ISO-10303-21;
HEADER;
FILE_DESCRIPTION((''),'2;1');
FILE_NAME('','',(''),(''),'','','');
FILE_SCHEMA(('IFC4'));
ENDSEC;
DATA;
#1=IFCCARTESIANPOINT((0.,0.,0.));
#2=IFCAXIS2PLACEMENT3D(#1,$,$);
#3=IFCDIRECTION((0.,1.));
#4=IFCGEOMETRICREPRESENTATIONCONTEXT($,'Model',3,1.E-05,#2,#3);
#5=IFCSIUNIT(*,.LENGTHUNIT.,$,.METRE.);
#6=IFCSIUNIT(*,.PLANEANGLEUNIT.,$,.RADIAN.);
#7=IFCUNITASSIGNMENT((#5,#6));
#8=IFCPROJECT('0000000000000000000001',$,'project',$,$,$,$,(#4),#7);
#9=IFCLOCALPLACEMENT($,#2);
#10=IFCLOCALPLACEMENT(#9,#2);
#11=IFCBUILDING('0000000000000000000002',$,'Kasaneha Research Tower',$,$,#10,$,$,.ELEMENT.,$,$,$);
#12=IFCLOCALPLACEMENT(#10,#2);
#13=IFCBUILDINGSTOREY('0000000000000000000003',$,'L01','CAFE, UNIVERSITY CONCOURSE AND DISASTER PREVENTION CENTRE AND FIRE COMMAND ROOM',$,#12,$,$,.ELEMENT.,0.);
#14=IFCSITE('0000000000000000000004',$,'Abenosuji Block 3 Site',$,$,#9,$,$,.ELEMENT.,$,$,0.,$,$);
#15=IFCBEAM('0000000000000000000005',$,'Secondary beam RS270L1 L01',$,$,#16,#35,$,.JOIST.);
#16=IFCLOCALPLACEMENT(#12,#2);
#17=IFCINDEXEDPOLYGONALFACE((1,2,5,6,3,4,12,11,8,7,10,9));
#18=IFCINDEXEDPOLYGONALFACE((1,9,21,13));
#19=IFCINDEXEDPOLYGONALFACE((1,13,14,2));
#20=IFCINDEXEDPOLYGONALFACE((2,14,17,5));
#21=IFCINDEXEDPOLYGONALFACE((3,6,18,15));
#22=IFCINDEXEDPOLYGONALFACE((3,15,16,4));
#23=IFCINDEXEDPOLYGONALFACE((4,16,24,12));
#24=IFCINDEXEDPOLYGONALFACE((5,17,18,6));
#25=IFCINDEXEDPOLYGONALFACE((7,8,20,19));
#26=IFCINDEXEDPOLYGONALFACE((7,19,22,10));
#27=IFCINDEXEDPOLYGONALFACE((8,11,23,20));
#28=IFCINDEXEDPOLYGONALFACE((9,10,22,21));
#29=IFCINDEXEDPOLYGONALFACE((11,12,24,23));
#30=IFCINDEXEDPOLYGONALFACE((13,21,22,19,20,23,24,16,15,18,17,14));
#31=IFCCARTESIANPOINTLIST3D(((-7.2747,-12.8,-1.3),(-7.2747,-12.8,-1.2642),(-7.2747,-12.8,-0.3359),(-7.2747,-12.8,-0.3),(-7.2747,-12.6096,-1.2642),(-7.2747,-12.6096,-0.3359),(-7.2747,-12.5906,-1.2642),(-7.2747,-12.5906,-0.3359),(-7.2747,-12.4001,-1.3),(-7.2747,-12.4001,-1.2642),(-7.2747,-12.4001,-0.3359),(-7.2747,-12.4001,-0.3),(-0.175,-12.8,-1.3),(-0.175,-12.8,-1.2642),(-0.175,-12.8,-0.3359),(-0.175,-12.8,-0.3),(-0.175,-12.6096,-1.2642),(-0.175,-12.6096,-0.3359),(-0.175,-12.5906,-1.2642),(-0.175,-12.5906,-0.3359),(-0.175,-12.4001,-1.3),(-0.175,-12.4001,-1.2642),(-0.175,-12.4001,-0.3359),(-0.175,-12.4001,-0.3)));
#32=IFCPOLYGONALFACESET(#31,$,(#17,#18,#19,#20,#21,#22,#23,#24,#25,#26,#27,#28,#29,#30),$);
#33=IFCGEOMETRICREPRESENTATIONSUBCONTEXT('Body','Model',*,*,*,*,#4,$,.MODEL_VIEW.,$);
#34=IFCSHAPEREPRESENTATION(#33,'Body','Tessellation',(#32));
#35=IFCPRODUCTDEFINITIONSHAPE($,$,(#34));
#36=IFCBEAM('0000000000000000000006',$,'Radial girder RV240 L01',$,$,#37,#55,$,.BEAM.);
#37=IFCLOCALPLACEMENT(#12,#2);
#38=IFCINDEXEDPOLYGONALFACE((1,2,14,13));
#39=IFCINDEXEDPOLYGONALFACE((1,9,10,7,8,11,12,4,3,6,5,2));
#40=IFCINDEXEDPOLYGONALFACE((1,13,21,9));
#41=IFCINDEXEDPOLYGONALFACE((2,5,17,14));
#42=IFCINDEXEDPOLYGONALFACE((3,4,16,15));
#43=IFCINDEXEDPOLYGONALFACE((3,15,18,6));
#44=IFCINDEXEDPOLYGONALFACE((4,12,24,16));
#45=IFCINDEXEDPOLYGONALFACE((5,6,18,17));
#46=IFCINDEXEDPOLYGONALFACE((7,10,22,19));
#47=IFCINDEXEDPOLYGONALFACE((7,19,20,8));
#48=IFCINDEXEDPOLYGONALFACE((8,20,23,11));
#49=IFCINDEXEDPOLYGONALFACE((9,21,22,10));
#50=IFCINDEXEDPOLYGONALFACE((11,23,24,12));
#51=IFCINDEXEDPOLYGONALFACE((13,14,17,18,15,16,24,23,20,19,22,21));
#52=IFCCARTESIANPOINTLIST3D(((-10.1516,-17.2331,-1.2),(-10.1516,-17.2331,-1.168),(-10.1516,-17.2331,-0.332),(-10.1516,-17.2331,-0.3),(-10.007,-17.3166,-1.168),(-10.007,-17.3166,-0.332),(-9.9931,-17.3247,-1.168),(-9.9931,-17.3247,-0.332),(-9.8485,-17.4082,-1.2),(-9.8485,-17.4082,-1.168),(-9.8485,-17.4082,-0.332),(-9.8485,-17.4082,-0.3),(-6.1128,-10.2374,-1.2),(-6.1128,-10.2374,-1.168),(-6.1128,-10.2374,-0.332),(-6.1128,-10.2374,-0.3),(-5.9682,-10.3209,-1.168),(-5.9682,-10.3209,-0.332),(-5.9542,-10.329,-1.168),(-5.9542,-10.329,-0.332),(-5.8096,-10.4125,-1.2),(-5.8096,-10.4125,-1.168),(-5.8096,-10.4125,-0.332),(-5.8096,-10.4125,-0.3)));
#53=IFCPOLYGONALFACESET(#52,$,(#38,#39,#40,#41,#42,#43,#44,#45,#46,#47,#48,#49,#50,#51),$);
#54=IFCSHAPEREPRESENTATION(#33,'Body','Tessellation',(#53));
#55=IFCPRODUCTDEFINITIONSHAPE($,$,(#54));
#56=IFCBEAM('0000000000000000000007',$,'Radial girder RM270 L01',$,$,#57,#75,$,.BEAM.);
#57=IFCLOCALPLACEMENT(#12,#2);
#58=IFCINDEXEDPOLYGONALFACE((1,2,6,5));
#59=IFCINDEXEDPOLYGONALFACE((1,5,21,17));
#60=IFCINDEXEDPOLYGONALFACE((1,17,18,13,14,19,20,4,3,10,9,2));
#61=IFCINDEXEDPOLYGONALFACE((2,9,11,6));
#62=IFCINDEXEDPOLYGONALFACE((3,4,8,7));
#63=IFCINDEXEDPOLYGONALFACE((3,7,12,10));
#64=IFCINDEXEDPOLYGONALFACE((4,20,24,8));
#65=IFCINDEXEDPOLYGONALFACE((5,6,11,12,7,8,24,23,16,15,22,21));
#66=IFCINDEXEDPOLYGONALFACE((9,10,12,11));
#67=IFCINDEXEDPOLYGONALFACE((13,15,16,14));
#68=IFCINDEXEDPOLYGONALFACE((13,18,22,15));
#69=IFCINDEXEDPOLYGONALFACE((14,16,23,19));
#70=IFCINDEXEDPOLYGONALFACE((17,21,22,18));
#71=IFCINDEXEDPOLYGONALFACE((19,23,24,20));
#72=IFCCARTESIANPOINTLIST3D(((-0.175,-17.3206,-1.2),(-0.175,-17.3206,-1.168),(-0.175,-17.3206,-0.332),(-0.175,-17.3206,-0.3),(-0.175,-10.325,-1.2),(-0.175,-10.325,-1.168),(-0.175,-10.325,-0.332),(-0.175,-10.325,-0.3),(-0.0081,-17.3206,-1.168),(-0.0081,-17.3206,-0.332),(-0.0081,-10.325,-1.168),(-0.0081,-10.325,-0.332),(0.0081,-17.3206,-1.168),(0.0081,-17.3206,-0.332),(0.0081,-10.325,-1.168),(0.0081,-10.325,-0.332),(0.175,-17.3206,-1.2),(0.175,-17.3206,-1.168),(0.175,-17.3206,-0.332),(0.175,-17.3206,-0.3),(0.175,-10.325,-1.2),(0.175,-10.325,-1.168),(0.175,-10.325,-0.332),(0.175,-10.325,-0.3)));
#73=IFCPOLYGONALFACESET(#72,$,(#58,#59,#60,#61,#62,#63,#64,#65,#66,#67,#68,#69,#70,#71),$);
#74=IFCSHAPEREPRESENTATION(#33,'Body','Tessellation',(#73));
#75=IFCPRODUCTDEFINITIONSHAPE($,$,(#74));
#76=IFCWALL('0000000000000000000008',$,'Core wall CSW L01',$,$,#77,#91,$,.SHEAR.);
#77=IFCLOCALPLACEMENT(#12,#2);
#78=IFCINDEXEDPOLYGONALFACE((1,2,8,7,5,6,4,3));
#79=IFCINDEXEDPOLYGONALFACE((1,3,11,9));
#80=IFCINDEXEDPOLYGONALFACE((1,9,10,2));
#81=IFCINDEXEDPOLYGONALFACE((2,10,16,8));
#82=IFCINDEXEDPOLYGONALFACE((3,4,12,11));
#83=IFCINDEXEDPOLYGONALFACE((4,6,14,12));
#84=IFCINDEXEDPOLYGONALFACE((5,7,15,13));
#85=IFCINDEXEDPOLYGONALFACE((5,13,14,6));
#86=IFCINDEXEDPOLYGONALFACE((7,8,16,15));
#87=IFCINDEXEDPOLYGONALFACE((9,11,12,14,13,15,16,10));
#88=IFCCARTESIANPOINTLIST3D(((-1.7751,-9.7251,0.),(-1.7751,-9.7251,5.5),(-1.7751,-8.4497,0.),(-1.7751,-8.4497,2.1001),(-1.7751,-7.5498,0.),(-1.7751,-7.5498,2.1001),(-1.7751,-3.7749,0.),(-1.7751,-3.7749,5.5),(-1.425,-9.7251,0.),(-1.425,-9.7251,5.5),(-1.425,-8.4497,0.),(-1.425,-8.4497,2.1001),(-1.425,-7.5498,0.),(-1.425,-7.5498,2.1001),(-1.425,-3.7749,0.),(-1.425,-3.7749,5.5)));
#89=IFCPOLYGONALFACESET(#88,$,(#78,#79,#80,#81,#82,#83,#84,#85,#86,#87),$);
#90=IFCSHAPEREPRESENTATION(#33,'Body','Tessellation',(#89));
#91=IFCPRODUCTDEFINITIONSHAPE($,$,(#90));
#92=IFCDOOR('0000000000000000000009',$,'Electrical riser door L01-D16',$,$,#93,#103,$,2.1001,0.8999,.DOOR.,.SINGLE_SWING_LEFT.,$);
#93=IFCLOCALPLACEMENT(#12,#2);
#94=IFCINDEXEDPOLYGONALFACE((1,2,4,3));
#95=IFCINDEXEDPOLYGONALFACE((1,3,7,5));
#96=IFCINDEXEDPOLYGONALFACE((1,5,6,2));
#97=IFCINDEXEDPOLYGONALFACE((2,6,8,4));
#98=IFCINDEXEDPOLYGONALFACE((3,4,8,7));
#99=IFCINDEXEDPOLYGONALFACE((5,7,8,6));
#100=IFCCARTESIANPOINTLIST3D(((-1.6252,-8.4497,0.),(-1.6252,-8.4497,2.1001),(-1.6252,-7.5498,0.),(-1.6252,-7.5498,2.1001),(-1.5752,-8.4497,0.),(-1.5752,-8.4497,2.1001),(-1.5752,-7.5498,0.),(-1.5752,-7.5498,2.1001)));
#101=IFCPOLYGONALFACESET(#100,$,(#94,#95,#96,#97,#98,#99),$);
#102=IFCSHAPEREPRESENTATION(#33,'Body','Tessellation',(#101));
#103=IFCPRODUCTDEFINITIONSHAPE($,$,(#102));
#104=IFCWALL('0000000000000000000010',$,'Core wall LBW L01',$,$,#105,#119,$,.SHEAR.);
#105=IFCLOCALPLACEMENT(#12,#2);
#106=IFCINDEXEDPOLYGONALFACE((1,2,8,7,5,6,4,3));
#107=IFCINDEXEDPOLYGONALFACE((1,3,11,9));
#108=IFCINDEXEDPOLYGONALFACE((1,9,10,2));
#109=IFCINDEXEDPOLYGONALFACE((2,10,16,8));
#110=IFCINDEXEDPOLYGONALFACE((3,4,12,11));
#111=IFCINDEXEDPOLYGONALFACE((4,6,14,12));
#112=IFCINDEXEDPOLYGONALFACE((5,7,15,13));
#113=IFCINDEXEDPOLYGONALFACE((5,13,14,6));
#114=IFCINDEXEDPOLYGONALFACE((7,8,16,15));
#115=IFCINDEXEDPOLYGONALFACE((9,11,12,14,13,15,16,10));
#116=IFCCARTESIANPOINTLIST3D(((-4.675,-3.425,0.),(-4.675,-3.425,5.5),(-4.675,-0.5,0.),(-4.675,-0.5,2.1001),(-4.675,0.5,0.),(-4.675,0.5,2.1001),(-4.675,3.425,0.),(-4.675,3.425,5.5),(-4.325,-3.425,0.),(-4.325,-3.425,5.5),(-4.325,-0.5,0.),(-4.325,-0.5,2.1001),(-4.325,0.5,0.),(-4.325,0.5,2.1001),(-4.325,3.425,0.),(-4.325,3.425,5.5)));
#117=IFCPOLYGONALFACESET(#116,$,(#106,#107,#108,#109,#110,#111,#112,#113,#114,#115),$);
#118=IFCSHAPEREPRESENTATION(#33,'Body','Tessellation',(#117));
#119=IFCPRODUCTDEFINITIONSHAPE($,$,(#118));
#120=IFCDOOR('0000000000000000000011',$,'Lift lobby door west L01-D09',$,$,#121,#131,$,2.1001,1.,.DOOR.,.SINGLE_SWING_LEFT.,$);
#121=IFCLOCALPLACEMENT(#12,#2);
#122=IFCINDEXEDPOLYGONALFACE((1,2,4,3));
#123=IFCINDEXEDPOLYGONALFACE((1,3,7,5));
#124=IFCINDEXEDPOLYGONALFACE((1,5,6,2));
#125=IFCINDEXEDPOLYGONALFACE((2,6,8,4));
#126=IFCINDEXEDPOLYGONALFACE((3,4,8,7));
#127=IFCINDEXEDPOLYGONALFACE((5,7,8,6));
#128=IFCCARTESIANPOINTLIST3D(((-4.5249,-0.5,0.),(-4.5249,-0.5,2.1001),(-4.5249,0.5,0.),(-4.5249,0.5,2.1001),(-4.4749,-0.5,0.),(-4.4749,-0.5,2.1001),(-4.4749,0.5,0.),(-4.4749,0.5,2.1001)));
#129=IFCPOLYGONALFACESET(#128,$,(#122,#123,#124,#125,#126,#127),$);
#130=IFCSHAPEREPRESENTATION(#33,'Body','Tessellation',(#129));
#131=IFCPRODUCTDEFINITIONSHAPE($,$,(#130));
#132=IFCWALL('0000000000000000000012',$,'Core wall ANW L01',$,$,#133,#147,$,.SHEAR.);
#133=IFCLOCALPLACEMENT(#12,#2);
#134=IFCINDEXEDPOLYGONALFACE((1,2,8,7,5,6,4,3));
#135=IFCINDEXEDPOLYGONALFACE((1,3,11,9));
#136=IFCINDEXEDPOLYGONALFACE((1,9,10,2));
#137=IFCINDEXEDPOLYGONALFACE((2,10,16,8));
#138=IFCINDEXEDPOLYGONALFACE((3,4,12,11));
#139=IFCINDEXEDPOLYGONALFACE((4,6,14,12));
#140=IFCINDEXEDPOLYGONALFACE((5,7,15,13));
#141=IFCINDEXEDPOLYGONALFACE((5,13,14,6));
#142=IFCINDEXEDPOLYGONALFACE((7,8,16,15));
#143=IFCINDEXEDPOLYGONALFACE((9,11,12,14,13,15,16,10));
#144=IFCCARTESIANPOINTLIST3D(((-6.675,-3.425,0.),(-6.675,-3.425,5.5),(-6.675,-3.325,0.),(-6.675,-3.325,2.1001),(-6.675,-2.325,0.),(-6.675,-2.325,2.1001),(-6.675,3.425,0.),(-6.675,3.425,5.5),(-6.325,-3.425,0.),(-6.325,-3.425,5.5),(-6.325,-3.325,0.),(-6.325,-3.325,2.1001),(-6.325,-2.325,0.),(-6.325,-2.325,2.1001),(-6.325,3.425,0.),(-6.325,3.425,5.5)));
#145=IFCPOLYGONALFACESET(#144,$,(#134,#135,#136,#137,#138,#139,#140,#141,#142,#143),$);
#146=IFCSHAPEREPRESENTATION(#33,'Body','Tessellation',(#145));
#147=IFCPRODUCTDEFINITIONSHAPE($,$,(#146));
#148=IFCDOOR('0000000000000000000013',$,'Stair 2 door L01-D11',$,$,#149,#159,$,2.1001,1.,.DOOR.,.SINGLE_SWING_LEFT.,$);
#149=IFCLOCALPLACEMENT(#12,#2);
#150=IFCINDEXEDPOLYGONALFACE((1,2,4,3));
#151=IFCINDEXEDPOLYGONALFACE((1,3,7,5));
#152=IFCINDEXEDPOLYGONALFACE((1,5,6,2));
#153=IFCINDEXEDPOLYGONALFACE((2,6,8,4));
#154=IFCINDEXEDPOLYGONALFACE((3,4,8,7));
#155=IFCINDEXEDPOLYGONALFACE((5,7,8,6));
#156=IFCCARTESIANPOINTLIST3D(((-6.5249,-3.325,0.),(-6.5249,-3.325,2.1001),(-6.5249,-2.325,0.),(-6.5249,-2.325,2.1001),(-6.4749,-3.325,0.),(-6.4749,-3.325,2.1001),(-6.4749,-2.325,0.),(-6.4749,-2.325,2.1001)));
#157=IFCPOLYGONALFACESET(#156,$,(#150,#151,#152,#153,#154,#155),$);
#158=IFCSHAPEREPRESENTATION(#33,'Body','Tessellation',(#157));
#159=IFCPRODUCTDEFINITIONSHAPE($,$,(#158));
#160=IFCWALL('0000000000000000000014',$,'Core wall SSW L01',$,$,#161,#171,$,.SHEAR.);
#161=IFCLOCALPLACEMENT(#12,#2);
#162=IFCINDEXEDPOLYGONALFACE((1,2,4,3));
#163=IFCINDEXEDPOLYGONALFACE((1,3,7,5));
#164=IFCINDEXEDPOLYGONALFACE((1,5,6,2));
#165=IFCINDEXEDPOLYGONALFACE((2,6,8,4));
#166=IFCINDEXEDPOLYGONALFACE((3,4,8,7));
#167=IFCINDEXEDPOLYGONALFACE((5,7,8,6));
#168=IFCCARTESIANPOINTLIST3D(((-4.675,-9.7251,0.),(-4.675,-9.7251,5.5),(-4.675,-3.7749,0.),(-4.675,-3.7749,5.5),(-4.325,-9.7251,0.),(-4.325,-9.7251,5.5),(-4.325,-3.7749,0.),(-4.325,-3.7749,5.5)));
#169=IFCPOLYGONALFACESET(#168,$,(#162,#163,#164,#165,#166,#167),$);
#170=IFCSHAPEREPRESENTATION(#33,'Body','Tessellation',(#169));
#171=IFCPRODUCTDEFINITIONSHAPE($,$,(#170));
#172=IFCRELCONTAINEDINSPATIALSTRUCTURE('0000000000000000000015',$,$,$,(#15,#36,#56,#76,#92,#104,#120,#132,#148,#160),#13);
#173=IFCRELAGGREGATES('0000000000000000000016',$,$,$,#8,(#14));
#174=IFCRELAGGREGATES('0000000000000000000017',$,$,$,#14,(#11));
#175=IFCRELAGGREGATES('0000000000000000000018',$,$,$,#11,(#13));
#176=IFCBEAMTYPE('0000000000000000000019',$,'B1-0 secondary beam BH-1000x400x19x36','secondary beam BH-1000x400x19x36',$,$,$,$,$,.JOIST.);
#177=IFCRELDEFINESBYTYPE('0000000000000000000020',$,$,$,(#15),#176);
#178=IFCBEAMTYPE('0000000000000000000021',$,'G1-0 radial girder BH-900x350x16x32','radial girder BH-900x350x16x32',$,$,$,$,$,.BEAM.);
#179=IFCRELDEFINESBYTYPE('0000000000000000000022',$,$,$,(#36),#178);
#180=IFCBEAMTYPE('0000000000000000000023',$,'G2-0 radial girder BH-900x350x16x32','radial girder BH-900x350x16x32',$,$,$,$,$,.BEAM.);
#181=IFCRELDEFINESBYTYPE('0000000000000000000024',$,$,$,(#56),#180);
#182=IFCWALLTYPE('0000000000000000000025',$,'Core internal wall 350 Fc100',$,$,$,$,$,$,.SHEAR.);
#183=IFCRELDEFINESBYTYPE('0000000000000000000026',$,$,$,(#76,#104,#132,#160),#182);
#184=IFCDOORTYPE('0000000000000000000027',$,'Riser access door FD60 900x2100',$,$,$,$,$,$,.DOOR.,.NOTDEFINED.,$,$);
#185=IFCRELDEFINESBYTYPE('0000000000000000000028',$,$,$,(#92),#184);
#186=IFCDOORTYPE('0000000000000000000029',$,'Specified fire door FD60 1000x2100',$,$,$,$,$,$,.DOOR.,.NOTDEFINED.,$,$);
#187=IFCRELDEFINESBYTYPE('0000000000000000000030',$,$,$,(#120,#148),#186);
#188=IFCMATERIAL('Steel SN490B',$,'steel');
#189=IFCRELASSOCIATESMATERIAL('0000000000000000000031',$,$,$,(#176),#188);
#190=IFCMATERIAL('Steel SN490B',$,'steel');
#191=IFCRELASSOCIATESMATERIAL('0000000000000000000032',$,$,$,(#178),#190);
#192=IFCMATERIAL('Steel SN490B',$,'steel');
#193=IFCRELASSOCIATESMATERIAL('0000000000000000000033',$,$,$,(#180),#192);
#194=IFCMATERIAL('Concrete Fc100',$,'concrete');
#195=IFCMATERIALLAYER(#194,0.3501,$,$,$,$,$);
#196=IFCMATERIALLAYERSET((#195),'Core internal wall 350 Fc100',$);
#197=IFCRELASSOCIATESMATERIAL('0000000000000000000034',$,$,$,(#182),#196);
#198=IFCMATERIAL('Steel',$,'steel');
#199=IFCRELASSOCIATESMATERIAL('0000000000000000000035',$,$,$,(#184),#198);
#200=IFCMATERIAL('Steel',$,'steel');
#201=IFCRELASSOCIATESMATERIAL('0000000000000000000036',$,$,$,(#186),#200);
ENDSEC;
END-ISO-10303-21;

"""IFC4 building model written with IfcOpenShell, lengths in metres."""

from ifc_helpers import new_model, si_unit, direction, frame, frame_2d, origin, origin_2d, place, context, subcontext, project, spatial, rectangle, i_section, extrude, material, layer, layer_set, material_profile, profile_set, type_object, element, fill, save


model = new_model("IFC4")

# Units and contexts
model_context = context("Model", 3, precision=1e-05, world=origin(), true_north=direction((0.0, 1.0)))
body_context = subcontext(model_context, "Body", "Model", "MODEL_VIEW")
ifc_project = project(units=[si_unit("LENGTHUNIT", "METRE"), si_unit("PLANEANGLEUNIT", "RADIAN")], contexts=[model_context])

# Site, building, storey
site_placement = place(None, origin())
site = spatial("IfcSite", under=ifc_project, at=site_placement, Name="Abenosuji Block 3 Site", CompositionType="ELEMENT", RefElevation=0.0)
building_placement = place(site_placement, origin())
building = spatial("IfcBuilding", under=site, at=building_placement, Name="Kasaneha Research Tower", CompositionType="ELEMENT")
storey_placement = place(building_placement, origin())
storey = spatial("IfcBuildingStorey", under=building, at=storey_placement, Name="L01", Description="CAFE, UNIVERSITY CONCOURSE AND DISASTER PREVENTION CENTRE AND FIRE COMMAND ROOM", CompositionType="ELEMENT", Elevation=0.0)

# Beams
ifc_material_1 = material(Name="Steel SN490B", Category="steel")
ifc_material_profile_1 = material_profile(ifc_material_1, i_section(OverallWidth=0.3999, OverallDepth=1.0, WebThickness=0.019, FlangeThickness=0.0359, at=origin_2d()), Name="BH-1000x400x19x36")
ifc_profile_set_1 = profile_set([ifc_material_profile_1], Name="Steel SN490B")
beam_type_1 = type_object("IfcBeamType", Name="B1-0 secondary beam BH-1000x400x19x36", Description="secondary beam BH-1000x400x19x36", PredefinedType="JOIST", material=ifc_profile_set_1)
beam_1_placement = place(storey_placement, frame((-7.2747, -12.6001, -0.8), z_axis=(1.0, 0.0, 0.0), x_axis=(0.0, 1.0, 0.0)))
element("IfcBeam", 1, at=beam_1_placement, inside=storey, type_object=beam_type_1, Name="Secondary beam RS270L1 L01", PredefinedType="JOIST", context=body_context, shape_type="SweptSolid", body=[
    extrude(i_section(OverallWidth=0.3999, OverallDepth=1.0, WebThickness=0.019, FlangeThickness=0.0359, at=origin_2d()), origin(), (0.0, 0.0, 1.0), 7.0996),
])
ifc_material_2 = material(Name="Steel SN490B", Category="steel")
ifc_material_profile_2 = material_profile(ifc_material_2, i_section(OverallWidth=0.3501, OverallDepth=0.8999, WebThickness=0.0161, FlangeThickness=0.032, at=origin_2d()), Name="BH-900x350x16x32")
ifc_profile_set_2 = profile_set([ifc_material_profile_2], Name="Steel SN490B")
beam_type_2 = type_object("IfcBeamType", Name="G1-0 radial girder BH-900x350x16x32", Description="radial girder BH-900x350x16x32", PredefinedType="BEAM", material=ifc_profile_set_2)
beam_2_placement = place(storey_placement, frame((-5.9612, -10.325, -0.75), z_axis=(-0.499991, -0.866031, 0.0), x_axis=(0.866031, -0.499991, 0.0)))
element("IfcBeam", 2, at=beam_2_placement, inside=storey, type_object=beam_type_2, Name="Radial girder RV240 L01", PredefinedType="BEAM", context=body_context, shape_type="SweptSolid", body=[
    extrude(i_section(OverallWidth=0.3501, OverallDepth=0.8999, WebThickness=0.0161, FlangeThickness=0.032, at=origin_2d()), origin(), (0.0, 0.0, 1.0), 8.0779),
])
ifc_material_3 = material(Name="Steel SN490B", Category="steel")
ifc_material_profile_3 = material_profile(ifc_material_3, i_section(OverallWidth=0.3501, OverallDepth=0.8999, WebThickness=0.0161, FlangeThickness=0.032, at=origin_2d()), Name="BH-900x350x16x32")
ifc_profile_set_3 = profile_set([ifc_material_profile_3], Name="Steel SN490B")
beam_type_3 = type_object("IfcBeamType", Name="G2-0 radial girder BH-900x350x16x32", Description="radial girder BH-900x350x16x32", PredefinedType="BEAM", material=ifc_profile_set_3)
beam_3_placement = place(storey_placement, frame((0.0, -10.325, -0.75), z_axis=(0.0, -1.0, 0.0), x_axis=(1.0, 0.0, 0.0)))
element("IfcBeam", 3, at=beam_3_placement, inside=storey, type_object=beam_type_3, Name="Radial girder RM270 L01", PredefinedType="BEAM", context=body_context, shape_type="SweptSolid", body=[
    extrude(i_section(OverallWidth=0.3501, OverallDepth=0.8999, WebThickness=0.0161, FlangeThickness=0.032, at=origin_2d()), origin(), (0.0, 0.0, 1.0), 6.9956),
])

# Walls, openings, doors
ifc_material_4 = material(Name="Concrete Fc100", Category="concrete")
ifc_layer_1 = layer(ifc_material_4, 0.3501)
ifc_layer_set_1 = layer_set([ifc_layer_1], Name="Core internal wall 350 Fc100")
wall_type_1 = type_object("IfcWallType", Name="Core internal wall 350 Fc100", PredefinedType="SHEAR", material=ifc_layer_set_1)
wall_1_placement = place(storey_placement, frame((-1.6001, -3.7749, 0.0), z_axis=(0.0, 0.0, 1.0), x_axis=(0.0, -1.0, 0.0)))
wall_1 = element("IfcWall", 4, at=wall_1_placement, inside=storey, type_object=wall_type_1, Name="Core wall CSW L01", PredefinedType="SHEAR", context=body_context, shape_type="SweptSolid", body=[
    extrude(rectangle(XDim=5.9502, YDim=0.3501, at=frame_2d((2.9751, 0.0))), origin(), (0.0, 0.0, 1.0), 5.5),
])
opening_1_placement = place(wall_1_placement, frame((3.7749, 0.0, 0.0)))
opening_1 = element("IfcOpeningElement", 5, at=opening_1_placement, cuts=wall_1, PredefinedType="OPENING", context=body_context, shape_type="SweptSolid", body=[
    extrude(rectangle(XDim=0.8999, YDim=2.1001, at=frame_2d((0.45, 1.05))), frame((0.0, 0.1851, 0.0), z_axis=(0.0, -1.0, 0.0), x_axis=(1.0, 0.0, 0.0)), (0.0, 0.0, 1.0), 0.3701),
])
ifc_material_5 = material(Name="Steel", Category="steel")
door_type_1 = type_object("IfcDoorType", Name="Riser access door FD60 900x2100", OperationType="NOTDEFINED", PredefinedType="DOOR", material=ifc_material_5)
door_1_placement = place(opening_1_placement, origin())
door_1 = element("IfcDoor", 6, at=door_1_placement, inside=storey, type_object=door_type_1, Name="Electrical riser door L01-D16", OperationType="SINGLE_SWING_LEFT", OverallHeight=2.1001, OverallWidth=0.8999, PredefinedType="DOOR", context=body_context, shape_type="SweptSolid", body=[
    extrude(rectangle(XDim=0.8999, YDim=2.1001, at=frame_2d((0.45, 1.05))), frame((0.0, 0.0249, 0.0), z_axis=(0.0, -1.0, 0.0), x_axis=(1.0, 0.0, 0.0)), (0.0, 0.0, 1.0), 0.05),
])
fill(opening_1, door_1)
wall_2_placement = place(storey_placement, frame((-4.5, -3.425, 0.0), z_axis=(0.0, 0.0, 1.0), x_axis=(0.0, 1.0, 0.0)))
wall_2 = element("IfcWall", 7, at=wall_2_placement, inside=storey, type_object=wall_type_1, Name="Core wall LBW L01", PredefinedType="SHEAR", context=body_context, shape_type="SweptSolid", body=[
    extrude(rectangle(XDim=6.8501, YDim=0.3501, at=frame_2d((3.425, 0.0))), origin(), (0.0, 0.0, 1.0), 5.5),
])
opening_2_placement = place(wall_2_placement, frame((2.925, 0.0, 0.0)))
opening_2 = element("IfcOpeningElement", 8, at=opening_2_placement, cuts=wall_2, PredefinedType="OPENING", context=body_context, shape_type="SweptSolid", body=[
    extrude(rectangle(XDim=1.0, YDim=2.1001, at=frame_2d((0.5, 1.05))), frame((0.0, 0.1851, 0.0), z_axis=(0.0, -1.0, 0.0), x_axis=(1.0, 0.0, 0.0)), (0.0, 0.0, 1.0), 0.3701),
])
ifc_material_6 = material(Name="Steel", Category="steel")
door_type_2 = type_object("IfcDoorType", Name="Specified fire door FD60 1000x2100", OperationType="NOTDEFINED", PredefinedType="DOOR", material=ifc_material_6)
door_2_placement = place(opening_2_placement, origin())
door_2 = element("IfcDoor", 9, at=door_2_placement, inside=storey, type_object=door_type_2, Name="Lift lobby door west L01-D09", OperationType="SINGLE_SWING_LEFT", OverallHeight=2.1001, OverallWidth=1.0, PredefinedType="DOOR", context=body_context, shape_type="SweptSolid", body=[
    extrude(rectangle(XDim=1.0, YDim=2.1001, at=frame_2d((0.5, 1.05))), frame((0.0, 0.0249, 0.0), z_axis=(0.0, -1.0, 0.0), x_axis=(1.0, 0.0, 0.0)), (0.0, 0.0, 1.0), 0.05),
])
fill(opening_2, door_2)
wall_3_placement = place(storey_placement, frame((-6.5, -3.425, 0.0), z_axis=(0.0, 0.0, 1.0), x_axis=(0.0, 1.0, 0.0)))
wall_3 = element("IfcWall", 10, at=wall_3_placement, inside=storey, type_object=wall_type_1, Name="Core wall ANW L01", PredefinedType="SHEAR", context=body_context, shape_type="SweptSolid", body=[
    extrude(rectangle(XDim=6.8501, YDim=0.3501, at=frame_2d((3.425, 0.0))), origin(), (0.0, 0.0, 1.0), 5.5),
])
opening_3_placement = place(wall_3_placement, frame((0.1001, 0.0, 0.0)))
opening_3 = element("IfcOpeningElement", 11, at=opening_3_placement, cuts=wall_3, PredefinedType="OPENING", context=body_context, shape_type="SweptSolid", body=[
    extrude(rectangle(XDim=1.0, YDim=2.1001, at=frame_2d((0.5, 1.05))), frame((0.0, 0.1851, 0.0), z_axis=(0.0, -1.0, 0.0), x_axis=(1.0, 0.0, 0.0)), (0.0, 0.0, 1.0), 0.3701),
])
door_3_placement = place(opening_3_placement, origin())
door_3 = element("IfcDoor", 12, at=door_3_placement, inside=storey, type_object=door_type_2, Name="Stair 2 door L01-D11", OperationType="SINGLE_SWING_LEFT", OverallHeight=2.1001, OverallWidth=1.0, PredefinedType="DOOR", context=body_context, shape_type="SweptSolid", body=[
    extrude(rectangle(XDim=1.0, YDim=2.1001, at=frame_2d((0.5, 1.05))), frame((0.0, 0.0249, 0.0), z_axis=(0.0, -1.0, 0.0), x_axis=(1.0, 0.0, 0.0)), (0.0, 0.0, 1.0), 0.05),
])
fill(opening_3, door_3)

# Wall
wall_4_placement = place(storey_placement, frame((-4.5, -3.7749, 0.0), z_axis=(0.0, 0.0, 1.0), x_axis=(0.0, -1.0, 0.0)))
element("IfcWall", 13, at=wall_4_placement, inside=storey, type_object=wall_type_1, Name="Core wall SSW L01", PredefinedType="SHEAR", context=body_context, shape_type="SweptSolid", body=[
    extrude(rectangle(XDim=5.9502, YDim=0.3501, at=frame_2d((2.9751, 0.0))), origin(), (0.0, 0.0, 1.0), 5.5),
])

save(model, "model.ifc")
